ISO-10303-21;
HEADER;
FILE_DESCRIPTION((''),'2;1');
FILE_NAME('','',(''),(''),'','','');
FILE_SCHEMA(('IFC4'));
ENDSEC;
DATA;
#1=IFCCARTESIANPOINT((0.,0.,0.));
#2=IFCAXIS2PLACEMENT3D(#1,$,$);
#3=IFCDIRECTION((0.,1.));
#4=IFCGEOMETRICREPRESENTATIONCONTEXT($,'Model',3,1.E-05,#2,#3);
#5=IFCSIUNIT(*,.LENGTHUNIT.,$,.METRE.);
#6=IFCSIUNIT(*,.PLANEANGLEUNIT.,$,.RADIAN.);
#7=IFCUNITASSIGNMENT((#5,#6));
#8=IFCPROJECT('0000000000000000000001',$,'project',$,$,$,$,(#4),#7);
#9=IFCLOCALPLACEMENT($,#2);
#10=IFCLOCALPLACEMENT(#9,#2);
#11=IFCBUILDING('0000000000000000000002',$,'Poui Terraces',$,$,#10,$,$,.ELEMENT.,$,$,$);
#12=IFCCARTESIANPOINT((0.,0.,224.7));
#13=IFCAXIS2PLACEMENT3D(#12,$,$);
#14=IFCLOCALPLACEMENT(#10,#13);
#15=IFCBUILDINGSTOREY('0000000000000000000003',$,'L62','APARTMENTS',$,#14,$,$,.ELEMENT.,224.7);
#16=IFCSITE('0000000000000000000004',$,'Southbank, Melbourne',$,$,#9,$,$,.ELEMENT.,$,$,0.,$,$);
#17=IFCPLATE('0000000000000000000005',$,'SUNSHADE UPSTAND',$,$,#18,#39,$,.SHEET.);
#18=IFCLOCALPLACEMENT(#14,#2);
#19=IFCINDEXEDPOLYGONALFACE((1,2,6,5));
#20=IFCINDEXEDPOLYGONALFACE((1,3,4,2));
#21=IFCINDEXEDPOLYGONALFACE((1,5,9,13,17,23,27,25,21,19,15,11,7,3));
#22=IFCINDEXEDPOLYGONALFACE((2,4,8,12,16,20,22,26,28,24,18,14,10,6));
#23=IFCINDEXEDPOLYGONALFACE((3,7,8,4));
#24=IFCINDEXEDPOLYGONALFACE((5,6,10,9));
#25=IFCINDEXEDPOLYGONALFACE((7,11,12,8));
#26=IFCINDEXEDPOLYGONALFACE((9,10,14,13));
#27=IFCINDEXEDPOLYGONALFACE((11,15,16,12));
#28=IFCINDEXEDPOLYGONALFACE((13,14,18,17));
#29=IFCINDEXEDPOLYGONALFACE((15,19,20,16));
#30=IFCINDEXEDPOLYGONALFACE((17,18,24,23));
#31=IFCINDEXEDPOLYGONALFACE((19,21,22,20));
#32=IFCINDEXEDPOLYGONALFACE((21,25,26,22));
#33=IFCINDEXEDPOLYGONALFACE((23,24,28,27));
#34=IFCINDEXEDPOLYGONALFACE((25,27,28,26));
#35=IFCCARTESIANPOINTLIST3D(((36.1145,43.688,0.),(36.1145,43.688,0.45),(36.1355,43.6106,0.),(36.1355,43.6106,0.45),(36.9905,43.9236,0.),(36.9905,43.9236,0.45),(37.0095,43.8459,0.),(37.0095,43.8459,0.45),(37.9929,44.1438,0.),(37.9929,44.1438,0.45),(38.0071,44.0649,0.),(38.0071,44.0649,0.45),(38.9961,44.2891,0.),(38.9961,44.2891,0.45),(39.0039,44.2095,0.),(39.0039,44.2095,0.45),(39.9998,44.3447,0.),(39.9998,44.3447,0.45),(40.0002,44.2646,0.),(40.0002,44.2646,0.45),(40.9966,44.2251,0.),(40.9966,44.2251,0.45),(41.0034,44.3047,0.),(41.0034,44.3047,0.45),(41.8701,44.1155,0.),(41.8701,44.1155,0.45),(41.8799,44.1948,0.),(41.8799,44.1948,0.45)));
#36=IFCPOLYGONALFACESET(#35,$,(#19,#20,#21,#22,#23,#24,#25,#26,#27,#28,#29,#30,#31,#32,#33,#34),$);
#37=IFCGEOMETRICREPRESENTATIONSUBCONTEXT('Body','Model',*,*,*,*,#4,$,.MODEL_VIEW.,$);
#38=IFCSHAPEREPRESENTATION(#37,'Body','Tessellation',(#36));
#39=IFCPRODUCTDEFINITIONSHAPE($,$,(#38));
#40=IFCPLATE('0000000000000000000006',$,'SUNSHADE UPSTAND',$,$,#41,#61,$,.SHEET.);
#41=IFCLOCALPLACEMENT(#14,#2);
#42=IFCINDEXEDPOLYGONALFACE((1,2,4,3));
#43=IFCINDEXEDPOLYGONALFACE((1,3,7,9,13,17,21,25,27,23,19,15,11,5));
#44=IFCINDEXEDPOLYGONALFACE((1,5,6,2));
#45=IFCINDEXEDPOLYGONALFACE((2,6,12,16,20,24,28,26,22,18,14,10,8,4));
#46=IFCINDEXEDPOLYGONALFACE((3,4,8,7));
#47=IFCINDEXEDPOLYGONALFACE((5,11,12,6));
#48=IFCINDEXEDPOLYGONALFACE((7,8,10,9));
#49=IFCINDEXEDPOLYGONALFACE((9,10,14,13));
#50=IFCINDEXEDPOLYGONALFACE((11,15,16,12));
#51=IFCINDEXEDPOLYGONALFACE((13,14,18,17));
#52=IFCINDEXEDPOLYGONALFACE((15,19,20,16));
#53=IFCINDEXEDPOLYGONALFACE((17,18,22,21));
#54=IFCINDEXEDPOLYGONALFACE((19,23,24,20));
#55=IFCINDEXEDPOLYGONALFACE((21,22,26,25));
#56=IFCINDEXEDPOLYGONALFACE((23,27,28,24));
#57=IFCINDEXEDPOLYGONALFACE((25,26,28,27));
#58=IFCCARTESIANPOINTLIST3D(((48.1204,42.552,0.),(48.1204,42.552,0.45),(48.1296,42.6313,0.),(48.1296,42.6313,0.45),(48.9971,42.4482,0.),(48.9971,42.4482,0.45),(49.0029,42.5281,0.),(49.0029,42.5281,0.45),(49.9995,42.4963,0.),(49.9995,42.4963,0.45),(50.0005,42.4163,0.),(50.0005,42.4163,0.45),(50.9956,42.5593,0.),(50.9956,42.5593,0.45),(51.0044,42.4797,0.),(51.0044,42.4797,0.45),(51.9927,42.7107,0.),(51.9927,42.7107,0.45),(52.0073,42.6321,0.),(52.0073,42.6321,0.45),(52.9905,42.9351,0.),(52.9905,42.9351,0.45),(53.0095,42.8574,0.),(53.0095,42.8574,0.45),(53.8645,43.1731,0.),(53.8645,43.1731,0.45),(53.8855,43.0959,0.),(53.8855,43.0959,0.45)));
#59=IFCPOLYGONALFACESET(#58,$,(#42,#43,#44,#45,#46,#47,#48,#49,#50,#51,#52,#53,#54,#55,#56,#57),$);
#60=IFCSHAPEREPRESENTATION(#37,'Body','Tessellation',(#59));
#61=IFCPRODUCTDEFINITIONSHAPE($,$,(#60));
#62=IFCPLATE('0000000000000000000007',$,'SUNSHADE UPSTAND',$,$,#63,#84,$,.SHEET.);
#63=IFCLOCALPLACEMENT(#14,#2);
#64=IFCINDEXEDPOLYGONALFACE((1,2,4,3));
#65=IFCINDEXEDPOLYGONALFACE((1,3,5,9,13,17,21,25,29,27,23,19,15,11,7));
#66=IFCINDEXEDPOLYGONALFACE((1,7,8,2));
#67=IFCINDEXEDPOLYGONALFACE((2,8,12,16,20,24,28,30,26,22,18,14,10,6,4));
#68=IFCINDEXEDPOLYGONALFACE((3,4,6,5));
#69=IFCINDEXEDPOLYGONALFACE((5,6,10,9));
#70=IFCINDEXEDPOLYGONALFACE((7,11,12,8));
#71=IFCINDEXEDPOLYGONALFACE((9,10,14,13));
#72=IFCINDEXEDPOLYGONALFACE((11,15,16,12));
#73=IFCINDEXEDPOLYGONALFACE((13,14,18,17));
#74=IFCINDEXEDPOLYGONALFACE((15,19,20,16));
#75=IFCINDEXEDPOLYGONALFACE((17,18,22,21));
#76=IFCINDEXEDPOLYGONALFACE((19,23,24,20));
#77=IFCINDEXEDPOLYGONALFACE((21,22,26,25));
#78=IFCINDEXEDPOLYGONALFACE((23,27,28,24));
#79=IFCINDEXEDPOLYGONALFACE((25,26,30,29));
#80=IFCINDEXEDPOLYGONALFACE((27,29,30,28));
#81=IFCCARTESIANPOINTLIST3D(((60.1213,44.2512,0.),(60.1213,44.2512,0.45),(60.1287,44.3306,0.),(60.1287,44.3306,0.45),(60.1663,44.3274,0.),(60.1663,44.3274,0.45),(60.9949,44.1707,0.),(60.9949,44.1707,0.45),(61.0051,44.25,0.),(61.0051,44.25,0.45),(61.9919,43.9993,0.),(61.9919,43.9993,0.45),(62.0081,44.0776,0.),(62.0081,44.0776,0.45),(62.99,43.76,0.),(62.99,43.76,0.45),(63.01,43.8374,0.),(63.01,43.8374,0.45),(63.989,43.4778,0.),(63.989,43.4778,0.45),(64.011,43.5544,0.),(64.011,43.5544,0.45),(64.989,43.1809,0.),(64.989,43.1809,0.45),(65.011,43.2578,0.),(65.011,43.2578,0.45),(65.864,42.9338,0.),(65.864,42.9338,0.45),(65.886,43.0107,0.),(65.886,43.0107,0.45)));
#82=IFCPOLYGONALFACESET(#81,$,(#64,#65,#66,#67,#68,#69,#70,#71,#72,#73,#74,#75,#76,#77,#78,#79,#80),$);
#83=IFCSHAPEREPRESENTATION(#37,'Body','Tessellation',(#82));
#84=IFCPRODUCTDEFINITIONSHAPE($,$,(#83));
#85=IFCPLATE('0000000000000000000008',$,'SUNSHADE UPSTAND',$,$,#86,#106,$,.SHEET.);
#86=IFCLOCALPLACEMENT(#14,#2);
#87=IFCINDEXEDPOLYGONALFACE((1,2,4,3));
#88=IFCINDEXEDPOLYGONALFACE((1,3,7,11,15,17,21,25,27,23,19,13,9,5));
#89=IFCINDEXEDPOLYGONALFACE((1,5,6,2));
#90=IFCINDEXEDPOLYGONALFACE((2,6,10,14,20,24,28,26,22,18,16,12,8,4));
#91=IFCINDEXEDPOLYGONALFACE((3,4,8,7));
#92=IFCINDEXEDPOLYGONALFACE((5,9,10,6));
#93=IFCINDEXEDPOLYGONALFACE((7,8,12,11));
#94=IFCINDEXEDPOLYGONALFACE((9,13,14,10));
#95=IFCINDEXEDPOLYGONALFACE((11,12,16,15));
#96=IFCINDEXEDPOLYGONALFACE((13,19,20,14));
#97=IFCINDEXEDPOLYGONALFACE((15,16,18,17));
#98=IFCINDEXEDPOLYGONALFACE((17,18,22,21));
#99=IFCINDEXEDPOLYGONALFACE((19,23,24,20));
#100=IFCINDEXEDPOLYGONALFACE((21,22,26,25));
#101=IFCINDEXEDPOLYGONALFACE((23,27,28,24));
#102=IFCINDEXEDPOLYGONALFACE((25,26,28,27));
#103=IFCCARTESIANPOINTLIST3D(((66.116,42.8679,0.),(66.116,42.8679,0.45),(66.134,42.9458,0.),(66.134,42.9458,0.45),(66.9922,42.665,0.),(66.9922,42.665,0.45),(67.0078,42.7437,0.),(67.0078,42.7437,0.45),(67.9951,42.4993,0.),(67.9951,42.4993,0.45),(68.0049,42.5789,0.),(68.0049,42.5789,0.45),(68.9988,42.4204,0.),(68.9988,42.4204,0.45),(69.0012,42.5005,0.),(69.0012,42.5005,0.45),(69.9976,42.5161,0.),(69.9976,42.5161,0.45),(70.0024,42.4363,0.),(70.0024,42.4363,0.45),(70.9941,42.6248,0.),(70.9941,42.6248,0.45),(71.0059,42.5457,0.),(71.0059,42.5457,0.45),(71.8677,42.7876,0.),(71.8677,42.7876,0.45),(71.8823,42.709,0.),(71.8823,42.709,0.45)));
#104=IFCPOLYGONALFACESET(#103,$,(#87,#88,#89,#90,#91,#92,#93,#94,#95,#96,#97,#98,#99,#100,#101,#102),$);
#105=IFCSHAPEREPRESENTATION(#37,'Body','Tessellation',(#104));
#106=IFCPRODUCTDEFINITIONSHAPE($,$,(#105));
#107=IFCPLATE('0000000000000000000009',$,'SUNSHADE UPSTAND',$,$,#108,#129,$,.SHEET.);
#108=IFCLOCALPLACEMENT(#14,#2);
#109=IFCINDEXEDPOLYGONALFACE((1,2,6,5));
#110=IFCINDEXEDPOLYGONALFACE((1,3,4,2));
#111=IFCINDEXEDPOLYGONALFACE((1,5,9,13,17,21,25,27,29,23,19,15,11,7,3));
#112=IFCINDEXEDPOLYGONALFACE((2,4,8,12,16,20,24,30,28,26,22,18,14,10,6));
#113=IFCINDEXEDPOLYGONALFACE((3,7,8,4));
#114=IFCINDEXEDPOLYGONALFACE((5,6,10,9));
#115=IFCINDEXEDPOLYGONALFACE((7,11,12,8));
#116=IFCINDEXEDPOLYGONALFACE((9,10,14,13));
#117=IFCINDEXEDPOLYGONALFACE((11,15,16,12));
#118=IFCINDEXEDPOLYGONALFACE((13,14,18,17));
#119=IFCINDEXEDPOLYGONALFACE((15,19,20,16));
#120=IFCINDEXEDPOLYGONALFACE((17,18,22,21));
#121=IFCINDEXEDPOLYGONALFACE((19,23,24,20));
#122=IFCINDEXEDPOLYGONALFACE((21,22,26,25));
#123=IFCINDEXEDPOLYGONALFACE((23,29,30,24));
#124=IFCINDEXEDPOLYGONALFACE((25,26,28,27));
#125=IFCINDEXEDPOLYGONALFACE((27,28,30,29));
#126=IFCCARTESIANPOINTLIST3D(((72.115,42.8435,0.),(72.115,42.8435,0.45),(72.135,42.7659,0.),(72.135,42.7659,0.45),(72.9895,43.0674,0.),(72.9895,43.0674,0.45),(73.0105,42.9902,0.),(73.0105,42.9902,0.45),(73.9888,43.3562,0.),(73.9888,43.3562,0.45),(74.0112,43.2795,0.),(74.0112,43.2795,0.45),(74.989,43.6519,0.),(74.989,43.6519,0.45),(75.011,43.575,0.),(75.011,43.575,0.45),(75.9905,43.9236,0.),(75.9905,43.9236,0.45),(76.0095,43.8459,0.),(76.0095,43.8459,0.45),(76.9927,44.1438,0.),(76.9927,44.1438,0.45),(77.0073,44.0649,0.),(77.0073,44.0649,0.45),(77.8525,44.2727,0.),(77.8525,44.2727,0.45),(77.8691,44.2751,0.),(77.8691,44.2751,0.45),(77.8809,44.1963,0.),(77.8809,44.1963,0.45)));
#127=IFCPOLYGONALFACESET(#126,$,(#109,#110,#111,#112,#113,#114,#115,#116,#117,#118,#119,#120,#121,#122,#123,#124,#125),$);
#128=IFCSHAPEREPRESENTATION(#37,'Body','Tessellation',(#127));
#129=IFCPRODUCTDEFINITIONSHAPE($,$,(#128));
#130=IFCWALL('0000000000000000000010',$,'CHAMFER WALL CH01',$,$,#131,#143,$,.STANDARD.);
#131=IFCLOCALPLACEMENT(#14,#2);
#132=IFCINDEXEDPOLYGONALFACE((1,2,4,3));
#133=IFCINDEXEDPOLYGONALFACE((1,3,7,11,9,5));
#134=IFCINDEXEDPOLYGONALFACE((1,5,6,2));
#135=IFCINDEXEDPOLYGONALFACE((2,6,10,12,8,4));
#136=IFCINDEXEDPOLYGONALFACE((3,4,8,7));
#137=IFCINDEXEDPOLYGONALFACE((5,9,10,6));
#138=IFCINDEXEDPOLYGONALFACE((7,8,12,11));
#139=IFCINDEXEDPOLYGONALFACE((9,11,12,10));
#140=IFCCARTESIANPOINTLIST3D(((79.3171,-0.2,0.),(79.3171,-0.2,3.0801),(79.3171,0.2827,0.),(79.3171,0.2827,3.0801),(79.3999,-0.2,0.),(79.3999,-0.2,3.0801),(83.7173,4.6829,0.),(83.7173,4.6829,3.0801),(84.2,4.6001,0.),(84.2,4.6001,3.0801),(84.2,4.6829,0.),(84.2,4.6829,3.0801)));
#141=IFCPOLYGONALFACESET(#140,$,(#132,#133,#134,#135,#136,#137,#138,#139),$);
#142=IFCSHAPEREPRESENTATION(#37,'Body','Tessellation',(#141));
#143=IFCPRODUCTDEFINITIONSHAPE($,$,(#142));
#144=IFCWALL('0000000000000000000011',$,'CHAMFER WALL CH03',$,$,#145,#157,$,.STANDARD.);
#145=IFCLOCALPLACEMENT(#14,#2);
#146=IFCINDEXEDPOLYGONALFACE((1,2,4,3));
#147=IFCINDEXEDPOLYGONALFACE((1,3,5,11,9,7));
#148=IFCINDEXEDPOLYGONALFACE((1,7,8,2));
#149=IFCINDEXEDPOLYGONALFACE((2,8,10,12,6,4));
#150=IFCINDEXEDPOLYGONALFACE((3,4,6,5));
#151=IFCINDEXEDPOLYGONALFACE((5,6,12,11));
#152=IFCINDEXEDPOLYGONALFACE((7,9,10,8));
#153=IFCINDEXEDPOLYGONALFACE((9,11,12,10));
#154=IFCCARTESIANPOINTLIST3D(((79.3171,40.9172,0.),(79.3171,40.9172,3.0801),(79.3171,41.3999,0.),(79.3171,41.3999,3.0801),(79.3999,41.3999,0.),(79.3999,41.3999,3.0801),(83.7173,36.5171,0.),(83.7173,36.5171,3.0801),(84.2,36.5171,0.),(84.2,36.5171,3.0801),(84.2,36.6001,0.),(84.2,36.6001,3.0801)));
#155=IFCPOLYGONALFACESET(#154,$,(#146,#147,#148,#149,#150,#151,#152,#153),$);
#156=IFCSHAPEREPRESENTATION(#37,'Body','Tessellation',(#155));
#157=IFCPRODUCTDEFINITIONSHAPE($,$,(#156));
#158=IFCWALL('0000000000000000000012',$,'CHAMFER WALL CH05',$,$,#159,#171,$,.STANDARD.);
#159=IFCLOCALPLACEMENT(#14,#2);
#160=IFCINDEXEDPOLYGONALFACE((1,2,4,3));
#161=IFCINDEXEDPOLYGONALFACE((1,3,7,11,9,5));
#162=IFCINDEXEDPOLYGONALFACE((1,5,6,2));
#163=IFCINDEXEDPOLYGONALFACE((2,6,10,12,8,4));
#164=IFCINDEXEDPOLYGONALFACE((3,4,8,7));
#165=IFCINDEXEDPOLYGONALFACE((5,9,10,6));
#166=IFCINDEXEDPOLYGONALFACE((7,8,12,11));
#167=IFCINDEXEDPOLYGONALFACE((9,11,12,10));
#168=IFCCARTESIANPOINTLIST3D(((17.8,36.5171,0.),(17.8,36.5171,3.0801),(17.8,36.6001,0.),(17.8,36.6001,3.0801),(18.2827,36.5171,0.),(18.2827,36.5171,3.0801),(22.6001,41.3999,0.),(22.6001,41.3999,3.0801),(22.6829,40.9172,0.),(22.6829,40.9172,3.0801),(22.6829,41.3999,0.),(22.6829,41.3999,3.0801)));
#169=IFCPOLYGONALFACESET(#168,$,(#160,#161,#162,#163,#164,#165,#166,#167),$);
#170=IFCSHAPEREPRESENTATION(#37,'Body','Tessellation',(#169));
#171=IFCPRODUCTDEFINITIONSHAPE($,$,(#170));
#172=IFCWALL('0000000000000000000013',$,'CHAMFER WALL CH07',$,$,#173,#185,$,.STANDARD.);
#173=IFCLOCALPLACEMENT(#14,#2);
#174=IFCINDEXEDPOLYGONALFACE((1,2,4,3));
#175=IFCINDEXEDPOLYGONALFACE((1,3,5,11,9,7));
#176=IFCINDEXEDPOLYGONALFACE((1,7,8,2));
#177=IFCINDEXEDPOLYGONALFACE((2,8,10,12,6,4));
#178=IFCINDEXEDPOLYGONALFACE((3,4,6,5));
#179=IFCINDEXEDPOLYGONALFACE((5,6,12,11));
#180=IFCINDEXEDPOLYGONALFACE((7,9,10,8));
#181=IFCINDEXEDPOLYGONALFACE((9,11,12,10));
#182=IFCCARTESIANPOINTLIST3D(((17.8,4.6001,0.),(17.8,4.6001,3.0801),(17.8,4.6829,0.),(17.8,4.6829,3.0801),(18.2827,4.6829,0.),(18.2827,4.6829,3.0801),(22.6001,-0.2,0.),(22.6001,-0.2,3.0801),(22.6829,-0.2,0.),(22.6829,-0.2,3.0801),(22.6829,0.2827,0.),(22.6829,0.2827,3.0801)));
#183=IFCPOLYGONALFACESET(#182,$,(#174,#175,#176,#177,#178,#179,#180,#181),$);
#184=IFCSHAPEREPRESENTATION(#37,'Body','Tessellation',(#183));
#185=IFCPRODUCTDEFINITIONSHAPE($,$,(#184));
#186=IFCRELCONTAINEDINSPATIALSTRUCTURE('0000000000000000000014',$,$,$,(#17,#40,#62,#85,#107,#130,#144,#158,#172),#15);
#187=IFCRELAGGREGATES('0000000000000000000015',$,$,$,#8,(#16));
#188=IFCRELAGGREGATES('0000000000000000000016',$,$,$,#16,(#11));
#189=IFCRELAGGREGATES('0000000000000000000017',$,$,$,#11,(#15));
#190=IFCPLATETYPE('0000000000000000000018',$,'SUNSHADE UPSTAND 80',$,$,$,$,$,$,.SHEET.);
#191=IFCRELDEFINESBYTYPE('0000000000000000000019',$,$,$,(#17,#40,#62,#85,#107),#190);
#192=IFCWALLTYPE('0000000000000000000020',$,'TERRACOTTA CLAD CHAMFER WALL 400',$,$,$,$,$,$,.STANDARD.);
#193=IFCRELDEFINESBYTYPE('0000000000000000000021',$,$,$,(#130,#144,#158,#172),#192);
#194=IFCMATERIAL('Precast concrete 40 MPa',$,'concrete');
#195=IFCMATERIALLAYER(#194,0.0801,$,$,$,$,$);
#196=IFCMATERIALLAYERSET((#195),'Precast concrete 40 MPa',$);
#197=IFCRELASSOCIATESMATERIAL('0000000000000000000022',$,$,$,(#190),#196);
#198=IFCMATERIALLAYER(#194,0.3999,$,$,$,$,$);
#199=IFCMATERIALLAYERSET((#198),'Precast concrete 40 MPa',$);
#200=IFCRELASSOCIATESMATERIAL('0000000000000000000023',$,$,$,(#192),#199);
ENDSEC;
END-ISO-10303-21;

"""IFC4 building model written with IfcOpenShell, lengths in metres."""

from ifc_helpers import new_model, si_unit, direction, frame, origin, place, context, subcontext, project, spatial, polyline, outline, extrude, material, layer, layer_set, type_object, element, save


model = new_model("IFC4")

# Units and contexts
model_context = context("Model", 3, precision=1e-05, world=origin(), true_north=direction((0.0, 1.0)))
body_context = subcontext(model_context, "Body", "Model", "MODEL_VIEW")
ifc_project = project(units=[si_unit("LENGTHUNIT", "METRE"), si_unit("PLANEANGLEUNIT", "RADIAN")], contexts=[model_context])

# Site, building, storey
site_placement = place(None, origin())
site = spatial("IfcSite", under=ifc_project, at=site_placement, Name="Southbank, Melbourne", CompositionType="ELEMENT", RefElevation=0.0)
building_placement = place(site_placement, origin())
building = spatial("IfcBuilding", under=site, at=building_placement, Name="Poui Terraces", CompositionType="ELEMENT")
storey_placement = place(building_placement, frame((0.0, 0.0, 224.7)))
storey = spatial("IfcBuildingStorey", under=building, at=storey_placement, Name="L62", Description="APARTMENTS", CompositionType="ELEMENT", Elevation=224.7)

# Shared definitions
ifc_material_1 = material(Name="Precast concrete 40 MPa", Category="concrete")

# Plates
ifc_layer_1 = layer(ifc_material_1, 0.0801)
ifc_layer_set_1 = layer_set([ifc_layer_1], Name="Precast concrete 40 MPa")
plate_type = type_object("IfcPlateType", Name="SUNSHADE UPSTAND 80", PredefinedType="SHEET", material=ifc_layer_set_1)
plate_1_placement = place(storey_placement, origin())
element("IfcPlate", 1, at=plate_1_placement, inside=storey, type_object=plate_type, Name="SUNSHADE UPSTAND", PredefinedType="SHEET", context=body_context, shape_type="SweptSolid", body=[
    extrude(outline(polyline([(36.9905, 43.9236), (36.1145, 43.688), (36.1355, 43.6106), (37.0095, 43.8459), (38.0071, 44.0649), (39.0039, 44.2095), (40.0002, 44.2646), (40.9966, 44.2251), (41.8701, 44.1155), (41.8799, 44.1948), (41.0034, 44.3047), (39.9998, 44.3447), (38.9961, 44.2891), (37.9929, 44.1438), (36.9905, 43.9236)])), origin(), (0.0, 0.0, 1.0), 0.45),
])
plate_2_placement = place(storey_placement, origin())
element("IfcPlate", 2, at=plate_2_placement, inside=storey, type_object=plate_type, Name="SUNSHADE UPSTAND", PredefinedType="SHEET", context=body_context, shape_type="SweptSolid", body=[
    extrude(outline(polyline([(49.0029, 42.5281), (48.1296, 42.6313), (48.1204, 42.552), (48.9971, 42.4482), (50.0005, 42.4163), (51.0044, 42.4797), (52.0073, 42.6321), (53.0095, 42.8574), (53.8855, 43.0959), (53.8645, 43.1731), (52.9905, 42.9351), (51.9927, 42.7107), (50.9956, 42.5593), (49.9995, 42.4963), (49.0029, 42.5281)])), origin(), (0.0, 0.0, 1.0), 0.45),
])
plate_3_placement = place(storey_placement, origin())
element("IfcPlate", 3, at=plate_3_placement, inside=storey, type_object=plate_type, Name="SUNSHADE UPSTAND", PredefinedType="SHEET", context=body_context, shape_type="SweptSolid", body=[
    extrude(outline(polyline([(61.0051, 44.25), (60.1663, 44.3274), (60.1287, 44.3306), (60.1213, 44.2512), (60.9949, 44.1707), (61.9919, 43.9993), (62.99, 43.76), (63.989, 43.4778), (64.989, 43.1809), (65.864, 42.9338), (65.886, 43.0107), (65.011, 43.2578), (64.011, 43.5544), (63.01, 43.8374), (62.0081, 44.0776), (61.0051, 44.25)])), origin(), (0.0, 0.0, 1.0), 0.45),
])
plate_4_placement = place(storey_placement, origin())
element("IfcPlate", 4, at=plate_4_placement, inside=storey, type_object=plate_type, Name="SUNSHADE UPSTAND", PredefinedType="SHEET", context=body_context, shape_type="SweptSolid", body=[
    extrude(outline(polyline([(67.0078, 42.7437), (66.134, 42.9458), (66.116, 42.8679), (66.9922, 42.665), (67.9951, 42.4993), (68.9988, 42.4204), (70.0024, 42.4363), (71.0059, 42.5457), (71.8823, 42.709), (71.8677, 42.7876), (70.9941, 42.6248), (69.9976, 42.5161), (69.0012, 42.5005), (68.0049, 42.5789), (67.0078, 42.7437)])), origin(), (0.0, 0.0, 1.0), 0.45),
])
plate_5_placement = place(storey_placement, origin())
element("IfcPlate", 5, at=plate_5_placement, inside=storey, type_object=plate_type, Name="SUNSHADE UPSTAND", PredefinedType="SHEET", context=body_context, shape_type="SweptSolid", body=[
    extrude(outline(polyline([(72.9895, 43.0674), (72.115, 42.8435), (72.135, 42.7659), (73.0105, 42.9902), (74.0112, 43.2795), (75.011, 43.575), (76.0095, 43.8459), (77.0073, 44.0649), (77.8809, 44.1963), (77.8691, 44.2751), (77.8525, 44.2727), (76.9927, 44.1438), (75.9905, 43.9236), (74.989, 43.6519), (73.9888, 43.3562), (72.9895, 43.0674)])), origin(), (0.0, 0.0, 1.0), 0.45),
])

# Walls
ifc_layer_2 = layer(ifc_material_1, 0.3999)
ifc_layer_set_2 = layer_set([ifc_layer_2], Name="Precast concrete 40 MPa")
wall_type = type_object("IfcWallType", Name="TERRACOTTA CLAD CHAMFER WALL 400", PredefinedType="STANDARD", material=ifc_layer_set_2)
wall_1_placement = place(storey_placement, origin())
element("IfcWall", 6, at=wall_1_placement, inside=storey, type_object=wall_type, Name="CHAMFER WALL CH01", PredefinedType="STANDARD", context=body_context, shape_type="SweptSolid", body=[
    extrude(outline(polyline([(79.3171, -0.2), (79.3999, -0.2), (84.2, 4.6001), (84.2, 4.6829), (83.7173, 4.6829), (79.3171, 0.2827), (79.3171, -0.2)])), origin(), (0.0, 0.0, 1.0), 3.0801),
])
wall_2_placement = place(storey_placement, origin())
element("IfcWall", 7, at=wall_2_placement, inside=storey, type_object=wall_type, Name="CHAMFER WALL CH03", PredefinedType="STANDARD", context=body_context, shape_type="SweptSolid", body=[
    extrude(outline(polyline([(84.2, 36.5171), (84.2, 36.6001), (79.3999, 41.3999), (79.3171, 41.3999), (79.3171, 40.9172), (83.7173, 36.5171), (84.2, 36.5171)])), origin(), (0.0, 0.0, 1.0), 3.0801),
])
wall_3_placement = place(storey_placement, origin())
element("IfcWall", 8, at=wall_3_placement, inside=storey, type_object=wall_type, Name="CHAMFER WALL CH05", PredefinedType="STANDARD", context=body_context, shape_type="SweptSolid", body=[
    extrude(outline(polyline([(22.6829, 41.3999), (22.6001, 41.3999), (17.8, 36.6001), (17.8, 36.5171), (18.2827, 36.5171), (22.6829, 40.9172), (22.6829, 41.3999)])), origin(), (0.0, 0.0, 1.0), 3.0801),
])
wall_4_placement = place(storey_placement, origin())
element("IfcWall", 9, at=wall_4_placement, inside=storey, type_object=wall_type, Name="CHAMFER WALL CH07", PredefinedType="STANDARD", context=body_context, shape_type="SweptSolid", body=[
    extrude(outline(polyline([(17.8, 4.6829), (17.8, 4.6001), (22.6001, -0.2), (22.6829, -0.2), (22.6829, 0.2827), (18.2827, 4.6829), (17.8, 4.6829)])), origin(), (0.0, 0.0, 1.0), 3.0801),
])

save(model, "model.ifc")
